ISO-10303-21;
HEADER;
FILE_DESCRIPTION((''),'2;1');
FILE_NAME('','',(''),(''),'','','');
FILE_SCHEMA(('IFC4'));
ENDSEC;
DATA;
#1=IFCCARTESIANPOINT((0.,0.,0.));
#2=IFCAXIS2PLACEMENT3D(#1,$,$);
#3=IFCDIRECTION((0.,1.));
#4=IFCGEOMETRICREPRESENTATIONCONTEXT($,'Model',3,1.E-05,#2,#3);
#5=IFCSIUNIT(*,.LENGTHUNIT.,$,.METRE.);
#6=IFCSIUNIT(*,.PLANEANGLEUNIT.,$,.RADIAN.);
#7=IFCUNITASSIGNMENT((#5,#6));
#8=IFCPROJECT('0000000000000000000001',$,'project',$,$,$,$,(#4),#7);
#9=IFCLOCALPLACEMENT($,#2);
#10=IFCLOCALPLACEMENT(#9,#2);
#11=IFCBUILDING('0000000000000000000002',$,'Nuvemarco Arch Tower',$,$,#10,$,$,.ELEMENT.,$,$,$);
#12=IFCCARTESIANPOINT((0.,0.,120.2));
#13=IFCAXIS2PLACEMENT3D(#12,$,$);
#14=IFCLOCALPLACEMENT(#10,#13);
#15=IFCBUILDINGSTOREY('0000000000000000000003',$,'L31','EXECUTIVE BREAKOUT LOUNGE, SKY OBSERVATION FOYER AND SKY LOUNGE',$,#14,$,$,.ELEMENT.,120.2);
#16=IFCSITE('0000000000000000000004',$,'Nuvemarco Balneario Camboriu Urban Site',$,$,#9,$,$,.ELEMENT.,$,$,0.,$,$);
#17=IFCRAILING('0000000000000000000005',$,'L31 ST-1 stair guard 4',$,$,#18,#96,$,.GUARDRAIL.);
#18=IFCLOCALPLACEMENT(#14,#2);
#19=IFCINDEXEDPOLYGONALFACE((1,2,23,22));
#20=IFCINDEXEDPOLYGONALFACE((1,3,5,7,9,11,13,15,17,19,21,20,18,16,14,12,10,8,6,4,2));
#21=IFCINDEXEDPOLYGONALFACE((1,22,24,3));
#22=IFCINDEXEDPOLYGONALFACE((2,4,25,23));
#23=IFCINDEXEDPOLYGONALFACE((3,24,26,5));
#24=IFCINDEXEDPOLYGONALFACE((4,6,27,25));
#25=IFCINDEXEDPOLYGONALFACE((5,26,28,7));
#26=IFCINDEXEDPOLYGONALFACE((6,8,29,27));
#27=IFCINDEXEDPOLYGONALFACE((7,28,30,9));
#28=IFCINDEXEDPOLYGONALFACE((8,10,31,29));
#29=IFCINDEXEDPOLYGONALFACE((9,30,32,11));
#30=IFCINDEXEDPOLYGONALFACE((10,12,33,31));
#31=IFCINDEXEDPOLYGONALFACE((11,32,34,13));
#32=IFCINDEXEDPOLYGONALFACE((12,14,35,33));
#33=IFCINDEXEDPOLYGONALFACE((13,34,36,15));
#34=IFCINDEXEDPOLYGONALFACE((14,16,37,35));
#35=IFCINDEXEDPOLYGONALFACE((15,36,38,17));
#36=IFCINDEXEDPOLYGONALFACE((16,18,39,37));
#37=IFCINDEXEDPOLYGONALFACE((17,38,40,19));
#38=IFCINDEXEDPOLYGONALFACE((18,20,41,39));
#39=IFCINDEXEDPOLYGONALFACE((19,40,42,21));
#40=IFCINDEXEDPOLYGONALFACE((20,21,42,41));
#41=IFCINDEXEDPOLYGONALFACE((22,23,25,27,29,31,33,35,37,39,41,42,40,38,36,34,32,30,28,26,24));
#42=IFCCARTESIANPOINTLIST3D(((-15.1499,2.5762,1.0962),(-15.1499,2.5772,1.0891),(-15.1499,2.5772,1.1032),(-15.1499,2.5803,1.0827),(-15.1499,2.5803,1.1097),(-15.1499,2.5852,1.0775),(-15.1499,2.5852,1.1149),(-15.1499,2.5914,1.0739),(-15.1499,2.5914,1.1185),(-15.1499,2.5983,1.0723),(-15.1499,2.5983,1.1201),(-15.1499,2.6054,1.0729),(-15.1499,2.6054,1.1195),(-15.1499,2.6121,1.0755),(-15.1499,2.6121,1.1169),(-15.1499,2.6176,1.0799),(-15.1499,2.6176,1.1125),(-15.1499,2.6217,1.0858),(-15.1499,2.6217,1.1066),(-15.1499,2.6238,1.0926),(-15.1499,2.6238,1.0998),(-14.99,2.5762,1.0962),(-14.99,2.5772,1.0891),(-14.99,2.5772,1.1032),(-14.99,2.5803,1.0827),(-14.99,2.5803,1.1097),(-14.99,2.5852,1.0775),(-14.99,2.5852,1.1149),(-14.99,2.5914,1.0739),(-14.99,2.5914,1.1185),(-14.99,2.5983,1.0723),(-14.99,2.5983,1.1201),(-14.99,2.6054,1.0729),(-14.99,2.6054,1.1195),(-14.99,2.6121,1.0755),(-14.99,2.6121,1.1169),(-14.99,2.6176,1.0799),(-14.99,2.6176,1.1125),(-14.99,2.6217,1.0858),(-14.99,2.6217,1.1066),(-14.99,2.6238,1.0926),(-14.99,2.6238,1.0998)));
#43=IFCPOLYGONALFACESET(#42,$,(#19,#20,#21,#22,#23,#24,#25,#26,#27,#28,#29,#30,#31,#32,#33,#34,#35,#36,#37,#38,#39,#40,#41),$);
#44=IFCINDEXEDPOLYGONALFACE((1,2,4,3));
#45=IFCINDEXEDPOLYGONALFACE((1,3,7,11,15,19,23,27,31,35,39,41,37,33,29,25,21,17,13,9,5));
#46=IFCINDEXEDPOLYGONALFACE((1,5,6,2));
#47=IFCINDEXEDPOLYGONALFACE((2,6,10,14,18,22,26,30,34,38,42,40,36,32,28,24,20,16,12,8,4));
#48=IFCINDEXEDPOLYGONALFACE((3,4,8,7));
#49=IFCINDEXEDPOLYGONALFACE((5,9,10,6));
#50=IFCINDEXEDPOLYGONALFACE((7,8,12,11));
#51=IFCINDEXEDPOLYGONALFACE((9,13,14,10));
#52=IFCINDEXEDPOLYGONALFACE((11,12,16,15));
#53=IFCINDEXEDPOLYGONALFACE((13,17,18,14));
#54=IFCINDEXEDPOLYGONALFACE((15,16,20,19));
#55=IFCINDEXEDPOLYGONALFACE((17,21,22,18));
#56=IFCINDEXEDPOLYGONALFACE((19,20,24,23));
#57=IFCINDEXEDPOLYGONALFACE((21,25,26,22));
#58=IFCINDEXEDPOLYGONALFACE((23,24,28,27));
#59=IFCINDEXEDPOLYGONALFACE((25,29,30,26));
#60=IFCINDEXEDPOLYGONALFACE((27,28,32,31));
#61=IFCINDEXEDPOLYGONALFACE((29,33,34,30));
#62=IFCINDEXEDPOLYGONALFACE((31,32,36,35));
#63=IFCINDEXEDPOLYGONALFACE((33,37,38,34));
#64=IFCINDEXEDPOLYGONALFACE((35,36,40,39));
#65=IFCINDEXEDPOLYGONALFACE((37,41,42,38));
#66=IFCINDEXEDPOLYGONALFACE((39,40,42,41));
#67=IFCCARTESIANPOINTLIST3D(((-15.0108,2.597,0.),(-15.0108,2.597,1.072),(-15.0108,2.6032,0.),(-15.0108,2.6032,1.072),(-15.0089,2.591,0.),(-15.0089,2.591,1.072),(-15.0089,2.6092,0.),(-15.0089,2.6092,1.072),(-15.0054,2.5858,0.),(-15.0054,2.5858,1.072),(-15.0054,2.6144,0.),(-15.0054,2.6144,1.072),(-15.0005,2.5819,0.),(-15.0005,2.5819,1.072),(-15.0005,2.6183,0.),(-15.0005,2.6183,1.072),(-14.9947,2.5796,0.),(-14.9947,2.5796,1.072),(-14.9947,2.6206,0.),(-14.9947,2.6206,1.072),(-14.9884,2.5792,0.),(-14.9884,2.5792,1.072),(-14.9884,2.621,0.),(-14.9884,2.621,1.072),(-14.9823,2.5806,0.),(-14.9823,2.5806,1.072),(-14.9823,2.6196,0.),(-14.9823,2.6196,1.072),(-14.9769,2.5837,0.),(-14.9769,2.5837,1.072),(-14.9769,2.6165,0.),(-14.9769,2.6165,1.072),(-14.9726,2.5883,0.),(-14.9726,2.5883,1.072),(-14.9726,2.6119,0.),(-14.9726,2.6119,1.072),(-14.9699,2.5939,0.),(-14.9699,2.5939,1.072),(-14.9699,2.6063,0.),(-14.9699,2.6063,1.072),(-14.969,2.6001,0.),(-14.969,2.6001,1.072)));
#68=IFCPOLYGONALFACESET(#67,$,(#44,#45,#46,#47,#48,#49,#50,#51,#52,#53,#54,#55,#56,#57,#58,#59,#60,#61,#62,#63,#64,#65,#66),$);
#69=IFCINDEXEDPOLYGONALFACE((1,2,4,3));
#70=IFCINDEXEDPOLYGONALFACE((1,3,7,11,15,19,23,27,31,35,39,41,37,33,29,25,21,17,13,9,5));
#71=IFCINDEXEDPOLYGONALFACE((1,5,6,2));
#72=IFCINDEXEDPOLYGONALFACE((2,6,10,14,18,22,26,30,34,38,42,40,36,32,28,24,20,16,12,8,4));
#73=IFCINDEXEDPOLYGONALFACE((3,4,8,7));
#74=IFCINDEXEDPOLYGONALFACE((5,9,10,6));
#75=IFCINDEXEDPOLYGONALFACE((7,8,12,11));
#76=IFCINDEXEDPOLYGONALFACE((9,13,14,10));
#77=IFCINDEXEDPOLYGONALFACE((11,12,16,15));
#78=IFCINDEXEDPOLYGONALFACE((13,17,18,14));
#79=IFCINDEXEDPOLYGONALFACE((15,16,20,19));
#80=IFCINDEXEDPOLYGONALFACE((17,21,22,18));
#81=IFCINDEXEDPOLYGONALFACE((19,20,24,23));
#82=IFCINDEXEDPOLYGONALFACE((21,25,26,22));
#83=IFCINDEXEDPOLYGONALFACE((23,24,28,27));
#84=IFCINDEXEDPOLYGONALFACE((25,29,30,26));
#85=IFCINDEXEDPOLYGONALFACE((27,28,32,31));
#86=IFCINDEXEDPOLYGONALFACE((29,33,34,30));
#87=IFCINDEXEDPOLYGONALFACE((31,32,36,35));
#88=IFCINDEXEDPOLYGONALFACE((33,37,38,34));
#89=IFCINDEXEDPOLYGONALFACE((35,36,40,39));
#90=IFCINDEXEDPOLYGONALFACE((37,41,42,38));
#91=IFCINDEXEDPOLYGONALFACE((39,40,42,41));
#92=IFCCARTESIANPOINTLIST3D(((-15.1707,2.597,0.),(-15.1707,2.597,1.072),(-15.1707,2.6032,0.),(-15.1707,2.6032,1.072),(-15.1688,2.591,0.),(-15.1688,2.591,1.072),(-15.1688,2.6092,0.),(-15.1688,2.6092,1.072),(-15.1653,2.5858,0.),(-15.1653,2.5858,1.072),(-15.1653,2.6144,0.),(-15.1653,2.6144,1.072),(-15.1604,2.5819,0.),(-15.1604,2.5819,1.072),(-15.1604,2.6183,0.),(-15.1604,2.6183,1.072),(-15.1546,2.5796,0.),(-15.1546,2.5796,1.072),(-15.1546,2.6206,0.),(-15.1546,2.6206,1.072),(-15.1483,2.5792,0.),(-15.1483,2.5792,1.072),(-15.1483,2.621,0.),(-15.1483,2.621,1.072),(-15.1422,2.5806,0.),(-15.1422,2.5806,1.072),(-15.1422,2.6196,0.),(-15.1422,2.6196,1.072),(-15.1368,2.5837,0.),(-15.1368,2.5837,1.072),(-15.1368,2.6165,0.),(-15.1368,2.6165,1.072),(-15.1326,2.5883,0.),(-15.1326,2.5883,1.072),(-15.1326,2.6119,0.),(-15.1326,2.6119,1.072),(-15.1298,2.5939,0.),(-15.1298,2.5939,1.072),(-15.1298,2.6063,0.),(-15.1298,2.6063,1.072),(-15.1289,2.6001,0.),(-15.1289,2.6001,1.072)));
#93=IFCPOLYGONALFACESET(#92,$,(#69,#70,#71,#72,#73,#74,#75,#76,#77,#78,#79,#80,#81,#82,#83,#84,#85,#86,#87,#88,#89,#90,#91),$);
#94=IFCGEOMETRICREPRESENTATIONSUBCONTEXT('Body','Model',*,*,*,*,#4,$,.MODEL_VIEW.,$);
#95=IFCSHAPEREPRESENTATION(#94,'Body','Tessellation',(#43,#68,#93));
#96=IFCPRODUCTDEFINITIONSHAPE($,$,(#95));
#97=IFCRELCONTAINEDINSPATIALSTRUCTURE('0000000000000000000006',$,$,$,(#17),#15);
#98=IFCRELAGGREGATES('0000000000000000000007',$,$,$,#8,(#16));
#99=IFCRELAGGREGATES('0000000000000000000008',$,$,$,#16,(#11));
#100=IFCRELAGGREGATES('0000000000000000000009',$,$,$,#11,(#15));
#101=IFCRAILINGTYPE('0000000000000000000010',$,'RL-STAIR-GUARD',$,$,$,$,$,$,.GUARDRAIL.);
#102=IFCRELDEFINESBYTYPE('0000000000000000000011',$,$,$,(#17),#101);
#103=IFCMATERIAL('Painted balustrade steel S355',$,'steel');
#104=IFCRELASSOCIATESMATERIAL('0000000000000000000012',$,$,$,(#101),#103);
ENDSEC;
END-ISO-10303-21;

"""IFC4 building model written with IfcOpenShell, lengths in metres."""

from ifc_helpers import new_model, si_unit, direction, frame, origin, origin_2d, place, context, subcontext, project, spatial, circle, extrude, material, type_object, element, save


model = new_model("IFC4")

# Units and contexts
model_context = context("Model", 3, precision=1e-05, world=origin(), true_north=direction((0.0, 1.0)))
body_context = subcontext(model_context, "Body", "Model", "MODEL_VIEW")
ifc_project = project(units=[si_unit("LENGTHUNIT", "METRE"), si_unit("PLANEANGLEUNIT", "RADIAN")], contexts=[model_context])

# Site, building, storey
site_placement = place(None, origin())
site = spatial("IfcSite", under=ifc_project, at=site_placement, Name="Nuvemarco Balneario Camboriu Urban Site", CompositionType="ELEMENT", RefElevation=0.0)
building_placement = place(site_placement, origin())
building = spatial("IfcBuilding", under=site, at=building_placement, Name="Nuvemarco Arch Tower", CompositionType="ELEMENT")
storey_placement = place(building_placement, frame((0.0, 0.0, 120.2)))
storey = spatial("IfcBuildingStorey", under=building, at=storey_placement, Name="L31", Description="EXECUTIVE BREAKOUT LOUNGE, SKY OBSERVATION FOYER AND SKY LOUNGE", CompositionType="ELEMENT", Elevation=120.2)

# Railing
ifc_material_1 = material(Name="Painted balustrade steel S355", Category="steel")
railing_type_1 = type_object("IfcRailingType", Name="RL-STAIR-GUARD", PredefinedType="GUARDRAIL", material=ifc_material_1)
railing_1_placement = place(storey_placement, frame((-14.99, 2.6001, 0.0)))
element("IfcRailing", 1, at=railing_1_placement, inside=storey, type_object=railing_type_1, Name="L31 ST-1 stair guard 4", PredefinedType="GUARDRAIL", context=body_context, shape_type="SweptSolid", body=[
    extrude(circle(Radius=0.0239, at=origin_2d()), frame((0.0, 0.0, 1.0962), z_axis=(-1.0, 0.0, 0.0), x_axis=(0.0, -1.0, 0.0)), (0.0, 0.0, 1.0), 0.1599),
    extrude(circle(Radius=0.021, at=origin_2d()), origin(), (0.0, 0.0, 1.0), 1.072),
    extrude(circle(Radius=0.021, at=origin_2d()), frame((-0.1599, 0.0, 0.0)), (0.0, 0.0, 1.0), 1.072),
])

save(model, "model.ifc")
